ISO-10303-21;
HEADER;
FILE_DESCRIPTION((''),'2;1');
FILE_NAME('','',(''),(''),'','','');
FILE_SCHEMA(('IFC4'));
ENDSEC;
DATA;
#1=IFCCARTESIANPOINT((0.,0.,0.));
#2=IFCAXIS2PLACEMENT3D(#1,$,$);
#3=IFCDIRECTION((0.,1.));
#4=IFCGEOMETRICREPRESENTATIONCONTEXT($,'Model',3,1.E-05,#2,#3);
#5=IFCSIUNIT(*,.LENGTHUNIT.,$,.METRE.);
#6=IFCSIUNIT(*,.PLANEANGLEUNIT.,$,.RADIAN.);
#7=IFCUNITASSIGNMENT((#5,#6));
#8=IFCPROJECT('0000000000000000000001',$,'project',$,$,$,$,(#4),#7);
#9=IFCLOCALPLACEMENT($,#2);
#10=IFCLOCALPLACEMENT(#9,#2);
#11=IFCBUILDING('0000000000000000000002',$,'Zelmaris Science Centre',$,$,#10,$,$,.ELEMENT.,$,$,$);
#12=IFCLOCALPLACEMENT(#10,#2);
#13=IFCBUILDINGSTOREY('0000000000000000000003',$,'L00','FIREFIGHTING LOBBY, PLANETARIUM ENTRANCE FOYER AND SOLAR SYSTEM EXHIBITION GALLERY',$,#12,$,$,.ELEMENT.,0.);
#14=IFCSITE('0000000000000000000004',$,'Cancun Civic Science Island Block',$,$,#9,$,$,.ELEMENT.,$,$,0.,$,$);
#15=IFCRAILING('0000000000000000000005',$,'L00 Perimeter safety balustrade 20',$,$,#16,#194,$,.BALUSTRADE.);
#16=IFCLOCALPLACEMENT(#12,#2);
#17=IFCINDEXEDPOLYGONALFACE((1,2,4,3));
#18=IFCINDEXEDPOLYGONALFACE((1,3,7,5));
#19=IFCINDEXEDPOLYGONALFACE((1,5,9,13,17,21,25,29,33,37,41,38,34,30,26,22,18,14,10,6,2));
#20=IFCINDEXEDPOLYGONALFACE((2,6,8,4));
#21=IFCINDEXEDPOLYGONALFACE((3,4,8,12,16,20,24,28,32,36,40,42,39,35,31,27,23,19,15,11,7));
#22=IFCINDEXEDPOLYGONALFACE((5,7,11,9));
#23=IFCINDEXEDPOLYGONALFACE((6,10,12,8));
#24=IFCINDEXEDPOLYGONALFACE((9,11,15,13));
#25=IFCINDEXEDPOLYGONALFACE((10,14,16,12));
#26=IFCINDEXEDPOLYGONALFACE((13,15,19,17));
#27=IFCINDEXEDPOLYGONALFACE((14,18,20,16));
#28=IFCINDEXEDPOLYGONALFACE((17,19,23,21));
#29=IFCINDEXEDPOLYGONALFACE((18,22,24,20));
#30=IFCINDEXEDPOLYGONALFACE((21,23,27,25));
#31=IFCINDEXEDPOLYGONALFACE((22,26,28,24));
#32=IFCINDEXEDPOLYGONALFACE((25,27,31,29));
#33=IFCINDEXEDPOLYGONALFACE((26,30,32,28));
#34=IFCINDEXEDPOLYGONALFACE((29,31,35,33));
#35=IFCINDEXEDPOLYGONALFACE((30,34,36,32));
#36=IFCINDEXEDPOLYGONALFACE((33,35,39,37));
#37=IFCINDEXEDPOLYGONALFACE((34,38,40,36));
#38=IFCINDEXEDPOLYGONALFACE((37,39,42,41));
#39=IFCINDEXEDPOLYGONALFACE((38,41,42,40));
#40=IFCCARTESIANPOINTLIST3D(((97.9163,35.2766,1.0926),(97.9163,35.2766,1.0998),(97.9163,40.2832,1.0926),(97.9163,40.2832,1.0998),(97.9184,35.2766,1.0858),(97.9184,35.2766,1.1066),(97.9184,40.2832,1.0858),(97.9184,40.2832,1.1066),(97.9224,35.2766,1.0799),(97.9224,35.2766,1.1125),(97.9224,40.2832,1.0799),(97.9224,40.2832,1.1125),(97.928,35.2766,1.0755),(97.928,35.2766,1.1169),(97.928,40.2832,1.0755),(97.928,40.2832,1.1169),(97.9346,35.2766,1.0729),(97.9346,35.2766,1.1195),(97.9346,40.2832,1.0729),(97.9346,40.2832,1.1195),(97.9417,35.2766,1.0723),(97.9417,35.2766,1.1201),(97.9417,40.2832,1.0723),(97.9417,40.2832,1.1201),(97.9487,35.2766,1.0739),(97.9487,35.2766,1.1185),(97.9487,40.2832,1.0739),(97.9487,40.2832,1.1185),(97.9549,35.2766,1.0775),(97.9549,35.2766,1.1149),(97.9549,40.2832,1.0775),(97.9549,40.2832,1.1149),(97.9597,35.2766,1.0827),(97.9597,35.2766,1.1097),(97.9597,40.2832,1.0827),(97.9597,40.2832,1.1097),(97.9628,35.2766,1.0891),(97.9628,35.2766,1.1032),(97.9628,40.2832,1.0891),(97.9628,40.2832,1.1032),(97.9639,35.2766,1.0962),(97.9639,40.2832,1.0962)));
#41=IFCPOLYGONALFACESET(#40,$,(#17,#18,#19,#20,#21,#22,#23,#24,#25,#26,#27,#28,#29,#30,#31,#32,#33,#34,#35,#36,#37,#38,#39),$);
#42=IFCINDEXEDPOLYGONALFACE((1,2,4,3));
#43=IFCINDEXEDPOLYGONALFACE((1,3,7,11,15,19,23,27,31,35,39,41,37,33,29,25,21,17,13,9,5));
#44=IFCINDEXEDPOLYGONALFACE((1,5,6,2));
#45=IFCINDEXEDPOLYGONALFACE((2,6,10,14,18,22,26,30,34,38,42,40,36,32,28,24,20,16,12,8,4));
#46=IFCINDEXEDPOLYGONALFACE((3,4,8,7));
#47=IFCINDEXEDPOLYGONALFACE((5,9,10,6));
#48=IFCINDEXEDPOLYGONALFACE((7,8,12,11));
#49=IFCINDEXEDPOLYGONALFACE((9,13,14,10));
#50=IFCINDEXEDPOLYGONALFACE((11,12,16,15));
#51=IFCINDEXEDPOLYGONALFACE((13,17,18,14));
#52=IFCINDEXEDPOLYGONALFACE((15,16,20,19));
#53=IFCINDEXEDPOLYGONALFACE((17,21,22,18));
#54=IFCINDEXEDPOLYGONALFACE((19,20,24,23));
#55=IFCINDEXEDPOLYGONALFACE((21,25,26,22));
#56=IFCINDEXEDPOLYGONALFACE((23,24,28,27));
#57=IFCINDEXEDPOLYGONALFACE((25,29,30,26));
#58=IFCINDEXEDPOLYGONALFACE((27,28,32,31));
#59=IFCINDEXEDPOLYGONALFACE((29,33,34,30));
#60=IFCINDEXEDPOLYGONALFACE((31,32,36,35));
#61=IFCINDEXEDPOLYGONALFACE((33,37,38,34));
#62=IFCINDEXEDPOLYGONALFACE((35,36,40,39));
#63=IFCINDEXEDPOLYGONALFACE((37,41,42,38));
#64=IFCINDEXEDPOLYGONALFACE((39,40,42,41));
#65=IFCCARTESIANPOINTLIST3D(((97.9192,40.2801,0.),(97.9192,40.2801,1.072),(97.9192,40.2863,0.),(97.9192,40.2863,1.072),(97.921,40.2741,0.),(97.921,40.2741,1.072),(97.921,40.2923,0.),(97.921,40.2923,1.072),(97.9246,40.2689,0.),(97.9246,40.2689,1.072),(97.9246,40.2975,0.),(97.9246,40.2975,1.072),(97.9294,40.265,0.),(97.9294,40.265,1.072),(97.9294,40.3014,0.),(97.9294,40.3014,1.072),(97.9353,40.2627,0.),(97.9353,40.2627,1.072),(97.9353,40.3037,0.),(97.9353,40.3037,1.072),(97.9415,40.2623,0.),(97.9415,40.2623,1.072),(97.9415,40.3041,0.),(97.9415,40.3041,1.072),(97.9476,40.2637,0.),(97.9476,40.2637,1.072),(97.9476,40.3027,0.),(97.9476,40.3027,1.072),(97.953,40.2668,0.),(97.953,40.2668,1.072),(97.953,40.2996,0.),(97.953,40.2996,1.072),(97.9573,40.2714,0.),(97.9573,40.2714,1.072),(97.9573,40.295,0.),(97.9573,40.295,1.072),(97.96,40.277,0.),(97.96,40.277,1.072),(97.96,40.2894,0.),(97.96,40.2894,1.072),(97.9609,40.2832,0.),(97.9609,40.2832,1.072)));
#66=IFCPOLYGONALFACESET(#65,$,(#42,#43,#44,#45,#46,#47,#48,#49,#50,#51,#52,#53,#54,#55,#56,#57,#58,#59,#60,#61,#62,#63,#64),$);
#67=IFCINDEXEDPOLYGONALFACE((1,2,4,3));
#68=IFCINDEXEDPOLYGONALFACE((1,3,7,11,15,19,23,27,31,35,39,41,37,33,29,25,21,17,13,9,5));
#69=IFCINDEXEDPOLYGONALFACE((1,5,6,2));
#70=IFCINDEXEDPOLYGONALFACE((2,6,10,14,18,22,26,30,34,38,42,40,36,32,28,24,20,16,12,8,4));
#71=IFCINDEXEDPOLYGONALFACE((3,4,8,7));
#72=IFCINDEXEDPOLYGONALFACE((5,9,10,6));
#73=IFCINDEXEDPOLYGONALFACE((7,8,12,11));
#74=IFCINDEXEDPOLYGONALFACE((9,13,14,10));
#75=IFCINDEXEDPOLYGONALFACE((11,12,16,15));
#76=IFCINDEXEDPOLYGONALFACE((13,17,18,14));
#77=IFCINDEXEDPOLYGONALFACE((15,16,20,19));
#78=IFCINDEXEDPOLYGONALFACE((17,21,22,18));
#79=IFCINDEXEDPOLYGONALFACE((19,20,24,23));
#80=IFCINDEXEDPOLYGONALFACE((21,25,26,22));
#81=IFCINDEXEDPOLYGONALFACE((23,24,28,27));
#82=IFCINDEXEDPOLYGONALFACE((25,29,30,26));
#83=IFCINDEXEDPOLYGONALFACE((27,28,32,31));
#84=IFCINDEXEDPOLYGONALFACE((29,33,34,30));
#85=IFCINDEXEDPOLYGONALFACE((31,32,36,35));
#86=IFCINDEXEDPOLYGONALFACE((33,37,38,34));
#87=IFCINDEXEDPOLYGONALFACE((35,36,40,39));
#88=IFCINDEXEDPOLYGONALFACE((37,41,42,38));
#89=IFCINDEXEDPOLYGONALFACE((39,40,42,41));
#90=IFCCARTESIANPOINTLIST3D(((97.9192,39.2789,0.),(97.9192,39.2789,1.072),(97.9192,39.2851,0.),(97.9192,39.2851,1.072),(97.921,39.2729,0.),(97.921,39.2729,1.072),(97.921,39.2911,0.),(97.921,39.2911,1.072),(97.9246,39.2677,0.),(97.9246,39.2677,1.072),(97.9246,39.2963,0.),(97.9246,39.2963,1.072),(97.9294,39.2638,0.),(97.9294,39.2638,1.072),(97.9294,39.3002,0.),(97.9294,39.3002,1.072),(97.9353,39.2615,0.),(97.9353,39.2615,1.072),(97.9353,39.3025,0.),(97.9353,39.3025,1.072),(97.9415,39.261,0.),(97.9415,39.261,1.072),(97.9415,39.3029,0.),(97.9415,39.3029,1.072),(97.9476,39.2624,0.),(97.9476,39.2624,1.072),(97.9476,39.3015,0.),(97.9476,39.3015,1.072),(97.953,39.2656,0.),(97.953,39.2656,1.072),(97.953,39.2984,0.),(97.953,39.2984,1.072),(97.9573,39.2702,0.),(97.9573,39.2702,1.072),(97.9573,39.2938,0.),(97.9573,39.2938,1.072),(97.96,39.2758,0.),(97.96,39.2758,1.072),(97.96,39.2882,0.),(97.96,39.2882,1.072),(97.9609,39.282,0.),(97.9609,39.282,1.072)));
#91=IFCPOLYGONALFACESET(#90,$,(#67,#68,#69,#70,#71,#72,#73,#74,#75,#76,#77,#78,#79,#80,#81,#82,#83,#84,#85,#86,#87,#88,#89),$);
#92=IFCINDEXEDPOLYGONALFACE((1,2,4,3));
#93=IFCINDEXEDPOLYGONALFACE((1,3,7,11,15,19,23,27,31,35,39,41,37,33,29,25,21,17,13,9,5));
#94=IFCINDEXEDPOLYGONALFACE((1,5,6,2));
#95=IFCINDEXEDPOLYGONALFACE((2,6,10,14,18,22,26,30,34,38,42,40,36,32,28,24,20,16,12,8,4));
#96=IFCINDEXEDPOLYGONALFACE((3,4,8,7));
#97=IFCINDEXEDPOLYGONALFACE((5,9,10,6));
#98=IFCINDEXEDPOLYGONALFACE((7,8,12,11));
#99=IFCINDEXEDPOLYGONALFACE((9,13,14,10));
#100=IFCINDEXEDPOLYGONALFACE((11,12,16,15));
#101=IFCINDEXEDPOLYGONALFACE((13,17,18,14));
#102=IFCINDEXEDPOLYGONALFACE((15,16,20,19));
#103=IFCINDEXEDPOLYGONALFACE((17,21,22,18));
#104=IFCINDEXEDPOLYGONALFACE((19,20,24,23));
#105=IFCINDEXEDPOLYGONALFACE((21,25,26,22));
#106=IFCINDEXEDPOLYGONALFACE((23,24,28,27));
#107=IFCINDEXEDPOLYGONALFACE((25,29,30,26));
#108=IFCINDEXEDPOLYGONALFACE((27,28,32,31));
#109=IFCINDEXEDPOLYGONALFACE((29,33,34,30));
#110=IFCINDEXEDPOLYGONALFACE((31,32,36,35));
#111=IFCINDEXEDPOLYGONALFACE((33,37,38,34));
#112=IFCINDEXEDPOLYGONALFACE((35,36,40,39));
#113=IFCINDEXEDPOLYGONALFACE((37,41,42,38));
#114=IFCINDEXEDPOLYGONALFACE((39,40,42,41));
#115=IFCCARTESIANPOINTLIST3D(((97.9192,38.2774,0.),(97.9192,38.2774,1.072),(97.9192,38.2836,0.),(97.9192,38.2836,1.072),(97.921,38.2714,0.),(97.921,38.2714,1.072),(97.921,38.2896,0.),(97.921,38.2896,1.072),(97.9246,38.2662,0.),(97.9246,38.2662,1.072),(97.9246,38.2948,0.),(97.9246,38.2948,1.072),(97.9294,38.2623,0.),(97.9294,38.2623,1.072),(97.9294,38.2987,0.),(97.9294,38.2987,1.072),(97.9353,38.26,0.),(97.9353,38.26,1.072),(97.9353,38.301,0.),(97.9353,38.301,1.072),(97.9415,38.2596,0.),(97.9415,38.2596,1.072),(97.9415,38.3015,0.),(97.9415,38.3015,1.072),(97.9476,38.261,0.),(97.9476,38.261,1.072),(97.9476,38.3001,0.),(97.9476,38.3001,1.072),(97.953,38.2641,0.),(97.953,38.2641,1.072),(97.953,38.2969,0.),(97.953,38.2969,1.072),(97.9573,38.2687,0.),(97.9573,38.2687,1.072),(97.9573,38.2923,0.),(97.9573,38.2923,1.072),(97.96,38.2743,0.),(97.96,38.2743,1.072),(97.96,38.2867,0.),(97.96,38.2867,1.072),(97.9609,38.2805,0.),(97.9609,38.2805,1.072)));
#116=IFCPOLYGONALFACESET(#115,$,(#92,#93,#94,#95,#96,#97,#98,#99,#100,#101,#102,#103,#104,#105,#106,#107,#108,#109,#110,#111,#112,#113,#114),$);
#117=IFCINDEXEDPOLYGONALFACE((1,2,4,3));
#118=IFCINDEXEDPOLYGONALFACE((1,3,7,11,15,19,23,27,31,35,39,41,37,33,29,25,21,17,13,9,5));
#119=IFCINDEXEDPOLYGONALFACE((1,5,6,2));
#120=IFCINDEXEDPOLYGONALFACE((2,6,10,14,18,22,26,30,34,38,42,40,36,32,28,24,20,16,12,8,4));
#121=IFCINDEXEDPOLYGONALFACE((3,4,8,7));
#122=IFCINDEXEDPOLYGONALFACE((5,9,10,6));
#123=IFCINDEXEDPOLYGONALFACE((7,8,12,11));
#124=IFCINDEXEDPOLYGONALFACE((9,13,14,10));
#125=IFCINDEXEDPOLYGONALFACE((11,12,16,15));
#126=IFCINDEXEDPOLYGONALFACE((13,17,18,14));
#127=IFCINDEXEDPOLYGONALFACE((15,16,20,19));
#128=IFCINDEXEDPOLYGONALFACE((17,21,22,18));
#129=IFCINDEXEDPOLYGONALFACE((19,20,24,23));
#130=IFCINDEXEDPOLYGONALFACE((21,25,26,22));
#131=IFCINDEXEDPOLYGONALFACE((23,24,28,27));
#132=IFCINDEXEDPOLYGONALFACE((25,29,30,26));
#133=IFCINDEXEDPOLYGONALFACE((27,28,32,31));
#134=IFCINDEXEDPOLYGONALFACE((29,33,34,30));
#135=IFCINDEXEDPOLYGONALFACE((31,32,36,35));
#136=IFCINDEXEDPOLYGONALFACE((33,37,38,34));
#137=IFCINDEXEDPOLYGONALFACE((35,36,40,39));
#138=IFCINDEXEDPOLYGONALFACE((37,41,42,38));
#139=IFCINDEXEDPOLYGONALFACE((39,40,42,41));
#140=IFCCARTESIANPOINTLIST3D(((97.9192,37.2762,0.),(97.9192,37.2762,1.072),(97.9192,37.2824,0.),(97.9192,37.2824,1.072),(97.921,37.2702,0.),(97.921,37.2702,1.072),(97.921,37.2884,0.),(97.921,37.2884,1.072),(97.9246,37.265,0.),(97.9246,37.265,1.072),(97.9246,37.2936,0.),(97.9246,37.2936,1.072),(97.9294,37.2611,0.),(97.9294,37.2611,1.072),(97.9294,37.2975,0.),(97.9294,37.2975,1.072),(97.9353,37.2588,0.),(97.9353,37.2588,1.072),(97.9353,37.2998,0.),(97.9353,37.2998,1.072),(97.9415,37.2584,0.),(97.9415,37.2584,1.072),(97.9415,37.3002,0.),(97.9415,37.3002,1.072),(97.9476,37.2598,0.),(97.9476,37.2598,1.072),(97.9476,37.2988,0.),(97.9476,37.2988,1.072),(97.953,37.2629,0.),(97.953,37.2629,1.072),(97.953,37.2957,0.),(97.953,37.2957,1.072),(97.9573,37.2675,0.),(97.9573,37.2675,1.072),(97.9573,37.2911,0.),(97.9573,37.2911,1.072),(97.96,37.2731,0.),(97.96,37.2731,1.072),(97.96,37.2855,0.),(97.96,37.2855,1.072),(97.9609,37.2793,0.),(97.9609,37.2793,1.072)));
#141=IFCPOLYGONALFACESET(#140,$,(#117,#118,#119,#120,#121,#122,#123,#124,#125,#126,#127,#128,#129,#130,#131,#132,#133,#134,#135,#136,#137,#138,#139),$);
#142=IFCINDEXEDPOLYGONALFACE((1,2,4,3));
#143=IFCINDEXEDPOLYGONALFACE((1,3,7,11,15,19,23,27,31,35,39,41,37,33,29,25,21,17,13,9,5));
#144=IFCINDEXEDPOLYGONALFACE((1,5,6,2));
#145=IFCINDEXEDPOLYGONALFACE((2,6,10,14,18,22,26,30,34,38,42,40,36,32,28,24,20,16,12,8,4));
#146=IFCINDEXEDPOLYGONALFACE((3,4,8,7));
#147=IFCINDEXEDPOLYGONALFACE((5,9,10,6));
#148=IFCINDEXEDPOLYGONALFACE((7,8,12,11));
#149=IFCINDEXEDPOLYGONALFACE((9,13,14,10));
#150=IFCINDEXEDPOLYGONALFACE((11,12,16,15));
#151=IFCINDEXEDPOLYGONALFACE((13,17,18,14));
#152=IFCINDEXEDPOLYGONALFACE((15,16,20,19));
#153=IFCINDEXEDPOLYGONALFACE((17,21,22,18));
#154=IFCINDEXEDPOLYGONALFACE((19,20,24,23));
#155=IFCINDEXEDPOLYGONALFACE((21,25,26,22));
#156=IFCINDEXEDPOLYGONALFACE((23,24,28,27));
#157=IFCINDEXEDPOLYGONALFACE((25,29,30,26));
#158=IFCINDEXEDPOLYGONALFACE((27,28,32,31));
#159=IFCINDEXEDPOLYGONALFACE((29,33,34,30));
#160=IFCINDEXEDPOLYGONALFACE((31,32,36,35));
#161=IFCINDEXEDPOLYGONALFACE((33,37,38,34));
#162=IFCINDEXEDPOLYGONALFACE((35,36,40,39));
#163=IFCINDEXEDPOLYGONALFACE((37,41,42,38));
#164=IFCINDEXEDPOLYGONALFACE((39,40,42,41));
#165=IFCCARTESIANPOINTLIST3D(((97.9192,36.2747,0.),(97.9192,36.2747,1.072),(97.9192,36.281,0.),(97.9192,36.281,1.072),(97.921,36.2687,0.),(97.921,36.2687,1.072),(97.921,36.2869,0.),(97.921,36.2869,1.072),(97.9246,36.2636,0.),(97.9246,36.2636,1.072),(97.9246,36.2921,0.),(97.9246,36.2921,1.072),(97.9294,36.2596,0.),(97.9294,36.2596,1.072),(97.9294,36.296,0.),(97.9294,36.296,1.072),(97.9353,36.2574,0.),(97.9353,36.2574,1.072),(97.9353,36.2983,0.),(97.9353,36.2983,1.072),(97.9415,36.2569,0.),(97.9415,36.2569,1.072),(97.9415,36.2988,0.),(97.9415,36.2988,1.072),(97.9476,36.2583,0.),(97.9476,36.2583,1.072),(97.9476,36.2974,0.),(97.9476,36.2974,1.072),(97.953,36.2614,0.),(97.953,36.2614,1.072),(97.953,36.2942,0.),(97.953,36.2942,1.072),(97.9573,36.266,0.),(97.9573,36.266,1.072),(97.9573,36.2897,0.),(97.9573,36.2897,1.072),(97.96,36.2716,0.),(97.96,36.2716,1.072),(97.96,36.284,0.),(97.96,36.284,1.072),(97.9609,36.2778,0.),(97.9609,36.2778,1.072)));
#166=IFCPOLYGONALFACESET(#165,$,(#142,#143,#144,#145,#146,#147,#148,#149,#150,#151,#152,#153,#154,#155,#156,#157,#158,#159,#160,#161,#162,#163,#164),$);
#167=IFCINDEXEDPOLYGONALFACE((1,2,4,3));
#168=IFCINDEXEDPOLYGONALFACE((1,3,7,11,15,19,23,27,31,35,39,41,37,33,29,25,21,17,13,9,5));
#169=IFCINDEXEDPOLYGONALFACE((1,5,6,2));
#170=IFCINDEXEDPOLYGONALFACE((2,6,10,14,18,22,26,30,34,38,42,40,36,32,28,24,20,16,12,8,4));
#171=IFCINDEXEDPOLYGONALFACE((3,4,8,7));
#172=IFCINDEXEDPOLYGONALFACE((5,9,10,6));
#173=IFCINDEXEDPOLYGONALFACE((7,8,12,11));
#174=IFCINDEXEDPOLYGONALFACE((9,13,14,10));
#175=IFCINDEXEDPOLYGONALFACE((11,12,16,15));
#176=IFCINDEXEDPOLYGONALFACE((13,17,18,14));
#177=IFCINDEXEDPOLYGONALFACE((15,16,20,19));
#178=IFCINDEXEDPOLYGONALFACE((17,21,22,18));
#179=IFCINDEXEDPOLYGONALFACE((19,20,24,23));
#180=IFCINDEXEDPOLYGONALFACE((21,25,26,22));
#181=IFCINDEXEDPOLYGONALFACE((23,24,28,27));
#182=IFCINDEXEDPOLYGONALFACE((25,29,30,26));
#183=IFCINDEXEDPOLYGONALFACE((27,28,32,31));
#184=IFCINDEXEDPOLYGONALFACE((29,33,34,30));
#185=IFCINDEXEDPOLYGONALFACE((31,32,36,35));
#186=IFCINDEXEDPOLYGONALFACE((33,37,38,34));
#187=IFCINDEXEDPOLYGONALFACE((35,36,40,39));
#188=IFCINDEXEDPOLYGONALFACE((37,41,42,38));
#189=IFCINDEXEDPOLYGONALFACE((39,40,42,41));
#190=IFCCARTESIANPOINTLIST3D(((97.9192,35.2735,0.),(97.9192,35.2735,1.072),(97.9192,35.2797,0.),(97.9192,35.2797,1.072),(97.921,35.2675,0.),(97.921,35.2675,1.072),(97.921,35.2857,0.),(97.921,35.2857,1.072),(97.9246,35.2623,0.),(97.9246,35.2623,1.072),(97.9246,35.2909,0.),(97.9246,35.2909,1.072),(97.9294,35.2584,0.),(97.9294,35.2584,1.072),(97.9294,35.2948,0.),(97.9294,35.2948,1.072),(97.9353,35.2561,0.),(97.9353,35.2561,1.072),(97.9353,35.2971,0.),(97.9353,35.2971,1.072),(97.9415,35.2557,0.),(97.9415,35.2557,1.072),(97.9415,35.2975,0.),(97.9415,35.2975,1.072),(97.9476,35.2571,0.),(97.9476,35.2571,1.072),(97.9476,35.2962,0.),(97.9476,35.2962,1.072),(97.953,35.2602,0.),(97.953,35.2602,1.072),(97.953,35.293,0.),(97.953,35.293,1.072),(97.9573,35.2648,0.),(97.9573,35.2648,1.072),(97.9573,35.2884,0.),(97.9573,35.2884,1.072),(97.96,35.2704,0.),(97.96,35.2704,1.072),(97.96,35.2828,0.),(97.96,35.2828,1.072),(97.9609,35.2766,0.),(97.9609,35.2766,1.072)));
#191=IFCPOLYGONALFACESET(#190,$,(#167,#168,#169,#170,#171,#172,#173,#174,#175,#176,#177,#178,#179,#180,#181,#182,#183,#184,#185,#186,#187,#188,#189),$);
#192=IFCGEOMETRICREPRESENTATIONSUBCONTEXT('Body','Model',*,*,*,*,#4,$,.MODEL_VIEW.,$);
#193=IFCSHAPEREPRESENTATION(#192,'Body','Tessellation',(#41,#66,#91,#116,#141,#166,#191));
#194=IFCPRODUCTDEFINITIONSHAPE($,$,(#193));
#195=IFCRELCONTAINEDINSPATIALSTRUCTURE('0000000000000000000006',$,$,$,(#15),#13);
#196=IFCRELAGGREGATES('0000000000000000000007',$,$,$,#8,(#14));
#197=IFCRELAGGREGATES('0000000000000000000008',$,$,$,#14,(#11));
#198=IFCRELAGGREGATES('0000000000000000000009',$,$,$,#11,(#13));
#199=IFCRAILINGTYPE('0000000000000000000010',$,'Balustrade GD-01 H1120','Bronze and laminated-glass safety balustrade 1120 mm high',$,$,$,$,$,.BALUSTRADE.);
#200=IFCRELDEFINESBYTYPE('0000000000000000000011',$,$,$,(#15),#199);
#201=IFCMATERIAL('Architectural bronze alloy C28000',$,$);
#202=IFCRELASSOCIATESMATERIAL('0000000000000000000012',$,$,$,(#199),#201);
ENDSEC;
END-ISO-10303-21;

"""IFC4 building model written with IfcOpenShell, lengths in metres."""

from ifc_helpers import new_model, si_unit, direction, frame, origin, origin_2d, place, context, subcontext, project, spatial, circle, extrude, material, type_object, element, save


model = new_model("IFC4")

# Units and contexts
model_context = context("Model", 3, precision=1e-05, world=origin(), true_north=direction((0.0, 1.0)))
body_context = subcontext(model_context, "Body", "Model", "MODEL_VIEW")
ifc_project = project(units=[si_unit("LENGTHUNIT", "METRE"), si_unit("PLANEANGLEUNIT", "RADIAN")], contexts=[model_context])

# Site, building, storey
site_placement = place(None, origin())
site = spatial("IfcSite", under=ifc_project, at=site_placement, Name="Cancun Civic Science Island Block", CompositionType="ELEMENT", RefElevation=0.0)
building_placement = place(site_placement, origin())
building = spatial("IfcBuilding", under=site, at=building_placement, Name="Zelmaris Science Centre", CompositionType="ELEMENT")
storey_placement = place(building_placement, origin())
storey = spatial("IfcBuildingStorey", under=building, at=storey_placement, Name="L00", Description="FIREFIGHTING LOBBY, PLANETARIUM ENTRANCE FOYER AND SOLAR SYSTEM EXHIBITION GALLERY", CompositionType="ELEMENT", Elevation=0.0)

# Railing
ifc_material_1 = material(Name="Architectural bronze alloy C28000")
railing_type = type_object("IfcRailingType", Name="Balustrade GD-01 H1120", Description="Bronze and laminated-glass safety balustrade 1120 mm high", PredefinedType="BALUSTRADE", material=ifc_material_1)
railing_1_placement = place(storey_placement, frame((97.9399, 40.2832, 0.0)))
element("IfcRailing", 1, at=railing_1_placement, inside=storey, type_object=railing_type, Name="L00 Perimeter safety balustrade 20", PredefinedType="BALUSTRADE", context=body_context, shape_type="SweptSolid", body=[
    extrude(circle(Radius=0.0239, at=origin_2d()), frame((0.0, 0.0, 1.0962), z_axis=(0.0, -1.0, 0.0), x_axis=(1.0, 0.0, 0.0)), (0.0, 0.0, 1.0), 5.0066),
    extrude(circle(Radius=0.021, at=origin_2d()), origin(), (0.0, 0.0, 1.0), 1.072),
    extrude(circle(Radius=0.021, at=origin_2d()), frame((0.0, -1.0012, 0.0)), (0.0, 0.0, 1.0), 1.072),
    extrude(circle(Radius=0.021, at=origin_2d()), frame((0.0, -2.0027, 0.0)), (0.0, 0.0, 1.0), 1.072),
    extrude(circle(Radius=0.021, at=origin_2d()), frame((0.0, -3.0039, 0.0)), (0.0, 0.0, 1.0), 1.072),
    extrude(circle(Radius=0.021, at=origin_2d()), frame((0.0, -4.0054, 0.0)), (0.0, 0.0, 1.0), 1.072),
    extrude(circle(Radius=0.021, at=origin_2d()), frame((0.0, -5.0066, 0.0)), (0.0, 0.0, 1.0), 1.072),
])

save(model, "model.ifc")
